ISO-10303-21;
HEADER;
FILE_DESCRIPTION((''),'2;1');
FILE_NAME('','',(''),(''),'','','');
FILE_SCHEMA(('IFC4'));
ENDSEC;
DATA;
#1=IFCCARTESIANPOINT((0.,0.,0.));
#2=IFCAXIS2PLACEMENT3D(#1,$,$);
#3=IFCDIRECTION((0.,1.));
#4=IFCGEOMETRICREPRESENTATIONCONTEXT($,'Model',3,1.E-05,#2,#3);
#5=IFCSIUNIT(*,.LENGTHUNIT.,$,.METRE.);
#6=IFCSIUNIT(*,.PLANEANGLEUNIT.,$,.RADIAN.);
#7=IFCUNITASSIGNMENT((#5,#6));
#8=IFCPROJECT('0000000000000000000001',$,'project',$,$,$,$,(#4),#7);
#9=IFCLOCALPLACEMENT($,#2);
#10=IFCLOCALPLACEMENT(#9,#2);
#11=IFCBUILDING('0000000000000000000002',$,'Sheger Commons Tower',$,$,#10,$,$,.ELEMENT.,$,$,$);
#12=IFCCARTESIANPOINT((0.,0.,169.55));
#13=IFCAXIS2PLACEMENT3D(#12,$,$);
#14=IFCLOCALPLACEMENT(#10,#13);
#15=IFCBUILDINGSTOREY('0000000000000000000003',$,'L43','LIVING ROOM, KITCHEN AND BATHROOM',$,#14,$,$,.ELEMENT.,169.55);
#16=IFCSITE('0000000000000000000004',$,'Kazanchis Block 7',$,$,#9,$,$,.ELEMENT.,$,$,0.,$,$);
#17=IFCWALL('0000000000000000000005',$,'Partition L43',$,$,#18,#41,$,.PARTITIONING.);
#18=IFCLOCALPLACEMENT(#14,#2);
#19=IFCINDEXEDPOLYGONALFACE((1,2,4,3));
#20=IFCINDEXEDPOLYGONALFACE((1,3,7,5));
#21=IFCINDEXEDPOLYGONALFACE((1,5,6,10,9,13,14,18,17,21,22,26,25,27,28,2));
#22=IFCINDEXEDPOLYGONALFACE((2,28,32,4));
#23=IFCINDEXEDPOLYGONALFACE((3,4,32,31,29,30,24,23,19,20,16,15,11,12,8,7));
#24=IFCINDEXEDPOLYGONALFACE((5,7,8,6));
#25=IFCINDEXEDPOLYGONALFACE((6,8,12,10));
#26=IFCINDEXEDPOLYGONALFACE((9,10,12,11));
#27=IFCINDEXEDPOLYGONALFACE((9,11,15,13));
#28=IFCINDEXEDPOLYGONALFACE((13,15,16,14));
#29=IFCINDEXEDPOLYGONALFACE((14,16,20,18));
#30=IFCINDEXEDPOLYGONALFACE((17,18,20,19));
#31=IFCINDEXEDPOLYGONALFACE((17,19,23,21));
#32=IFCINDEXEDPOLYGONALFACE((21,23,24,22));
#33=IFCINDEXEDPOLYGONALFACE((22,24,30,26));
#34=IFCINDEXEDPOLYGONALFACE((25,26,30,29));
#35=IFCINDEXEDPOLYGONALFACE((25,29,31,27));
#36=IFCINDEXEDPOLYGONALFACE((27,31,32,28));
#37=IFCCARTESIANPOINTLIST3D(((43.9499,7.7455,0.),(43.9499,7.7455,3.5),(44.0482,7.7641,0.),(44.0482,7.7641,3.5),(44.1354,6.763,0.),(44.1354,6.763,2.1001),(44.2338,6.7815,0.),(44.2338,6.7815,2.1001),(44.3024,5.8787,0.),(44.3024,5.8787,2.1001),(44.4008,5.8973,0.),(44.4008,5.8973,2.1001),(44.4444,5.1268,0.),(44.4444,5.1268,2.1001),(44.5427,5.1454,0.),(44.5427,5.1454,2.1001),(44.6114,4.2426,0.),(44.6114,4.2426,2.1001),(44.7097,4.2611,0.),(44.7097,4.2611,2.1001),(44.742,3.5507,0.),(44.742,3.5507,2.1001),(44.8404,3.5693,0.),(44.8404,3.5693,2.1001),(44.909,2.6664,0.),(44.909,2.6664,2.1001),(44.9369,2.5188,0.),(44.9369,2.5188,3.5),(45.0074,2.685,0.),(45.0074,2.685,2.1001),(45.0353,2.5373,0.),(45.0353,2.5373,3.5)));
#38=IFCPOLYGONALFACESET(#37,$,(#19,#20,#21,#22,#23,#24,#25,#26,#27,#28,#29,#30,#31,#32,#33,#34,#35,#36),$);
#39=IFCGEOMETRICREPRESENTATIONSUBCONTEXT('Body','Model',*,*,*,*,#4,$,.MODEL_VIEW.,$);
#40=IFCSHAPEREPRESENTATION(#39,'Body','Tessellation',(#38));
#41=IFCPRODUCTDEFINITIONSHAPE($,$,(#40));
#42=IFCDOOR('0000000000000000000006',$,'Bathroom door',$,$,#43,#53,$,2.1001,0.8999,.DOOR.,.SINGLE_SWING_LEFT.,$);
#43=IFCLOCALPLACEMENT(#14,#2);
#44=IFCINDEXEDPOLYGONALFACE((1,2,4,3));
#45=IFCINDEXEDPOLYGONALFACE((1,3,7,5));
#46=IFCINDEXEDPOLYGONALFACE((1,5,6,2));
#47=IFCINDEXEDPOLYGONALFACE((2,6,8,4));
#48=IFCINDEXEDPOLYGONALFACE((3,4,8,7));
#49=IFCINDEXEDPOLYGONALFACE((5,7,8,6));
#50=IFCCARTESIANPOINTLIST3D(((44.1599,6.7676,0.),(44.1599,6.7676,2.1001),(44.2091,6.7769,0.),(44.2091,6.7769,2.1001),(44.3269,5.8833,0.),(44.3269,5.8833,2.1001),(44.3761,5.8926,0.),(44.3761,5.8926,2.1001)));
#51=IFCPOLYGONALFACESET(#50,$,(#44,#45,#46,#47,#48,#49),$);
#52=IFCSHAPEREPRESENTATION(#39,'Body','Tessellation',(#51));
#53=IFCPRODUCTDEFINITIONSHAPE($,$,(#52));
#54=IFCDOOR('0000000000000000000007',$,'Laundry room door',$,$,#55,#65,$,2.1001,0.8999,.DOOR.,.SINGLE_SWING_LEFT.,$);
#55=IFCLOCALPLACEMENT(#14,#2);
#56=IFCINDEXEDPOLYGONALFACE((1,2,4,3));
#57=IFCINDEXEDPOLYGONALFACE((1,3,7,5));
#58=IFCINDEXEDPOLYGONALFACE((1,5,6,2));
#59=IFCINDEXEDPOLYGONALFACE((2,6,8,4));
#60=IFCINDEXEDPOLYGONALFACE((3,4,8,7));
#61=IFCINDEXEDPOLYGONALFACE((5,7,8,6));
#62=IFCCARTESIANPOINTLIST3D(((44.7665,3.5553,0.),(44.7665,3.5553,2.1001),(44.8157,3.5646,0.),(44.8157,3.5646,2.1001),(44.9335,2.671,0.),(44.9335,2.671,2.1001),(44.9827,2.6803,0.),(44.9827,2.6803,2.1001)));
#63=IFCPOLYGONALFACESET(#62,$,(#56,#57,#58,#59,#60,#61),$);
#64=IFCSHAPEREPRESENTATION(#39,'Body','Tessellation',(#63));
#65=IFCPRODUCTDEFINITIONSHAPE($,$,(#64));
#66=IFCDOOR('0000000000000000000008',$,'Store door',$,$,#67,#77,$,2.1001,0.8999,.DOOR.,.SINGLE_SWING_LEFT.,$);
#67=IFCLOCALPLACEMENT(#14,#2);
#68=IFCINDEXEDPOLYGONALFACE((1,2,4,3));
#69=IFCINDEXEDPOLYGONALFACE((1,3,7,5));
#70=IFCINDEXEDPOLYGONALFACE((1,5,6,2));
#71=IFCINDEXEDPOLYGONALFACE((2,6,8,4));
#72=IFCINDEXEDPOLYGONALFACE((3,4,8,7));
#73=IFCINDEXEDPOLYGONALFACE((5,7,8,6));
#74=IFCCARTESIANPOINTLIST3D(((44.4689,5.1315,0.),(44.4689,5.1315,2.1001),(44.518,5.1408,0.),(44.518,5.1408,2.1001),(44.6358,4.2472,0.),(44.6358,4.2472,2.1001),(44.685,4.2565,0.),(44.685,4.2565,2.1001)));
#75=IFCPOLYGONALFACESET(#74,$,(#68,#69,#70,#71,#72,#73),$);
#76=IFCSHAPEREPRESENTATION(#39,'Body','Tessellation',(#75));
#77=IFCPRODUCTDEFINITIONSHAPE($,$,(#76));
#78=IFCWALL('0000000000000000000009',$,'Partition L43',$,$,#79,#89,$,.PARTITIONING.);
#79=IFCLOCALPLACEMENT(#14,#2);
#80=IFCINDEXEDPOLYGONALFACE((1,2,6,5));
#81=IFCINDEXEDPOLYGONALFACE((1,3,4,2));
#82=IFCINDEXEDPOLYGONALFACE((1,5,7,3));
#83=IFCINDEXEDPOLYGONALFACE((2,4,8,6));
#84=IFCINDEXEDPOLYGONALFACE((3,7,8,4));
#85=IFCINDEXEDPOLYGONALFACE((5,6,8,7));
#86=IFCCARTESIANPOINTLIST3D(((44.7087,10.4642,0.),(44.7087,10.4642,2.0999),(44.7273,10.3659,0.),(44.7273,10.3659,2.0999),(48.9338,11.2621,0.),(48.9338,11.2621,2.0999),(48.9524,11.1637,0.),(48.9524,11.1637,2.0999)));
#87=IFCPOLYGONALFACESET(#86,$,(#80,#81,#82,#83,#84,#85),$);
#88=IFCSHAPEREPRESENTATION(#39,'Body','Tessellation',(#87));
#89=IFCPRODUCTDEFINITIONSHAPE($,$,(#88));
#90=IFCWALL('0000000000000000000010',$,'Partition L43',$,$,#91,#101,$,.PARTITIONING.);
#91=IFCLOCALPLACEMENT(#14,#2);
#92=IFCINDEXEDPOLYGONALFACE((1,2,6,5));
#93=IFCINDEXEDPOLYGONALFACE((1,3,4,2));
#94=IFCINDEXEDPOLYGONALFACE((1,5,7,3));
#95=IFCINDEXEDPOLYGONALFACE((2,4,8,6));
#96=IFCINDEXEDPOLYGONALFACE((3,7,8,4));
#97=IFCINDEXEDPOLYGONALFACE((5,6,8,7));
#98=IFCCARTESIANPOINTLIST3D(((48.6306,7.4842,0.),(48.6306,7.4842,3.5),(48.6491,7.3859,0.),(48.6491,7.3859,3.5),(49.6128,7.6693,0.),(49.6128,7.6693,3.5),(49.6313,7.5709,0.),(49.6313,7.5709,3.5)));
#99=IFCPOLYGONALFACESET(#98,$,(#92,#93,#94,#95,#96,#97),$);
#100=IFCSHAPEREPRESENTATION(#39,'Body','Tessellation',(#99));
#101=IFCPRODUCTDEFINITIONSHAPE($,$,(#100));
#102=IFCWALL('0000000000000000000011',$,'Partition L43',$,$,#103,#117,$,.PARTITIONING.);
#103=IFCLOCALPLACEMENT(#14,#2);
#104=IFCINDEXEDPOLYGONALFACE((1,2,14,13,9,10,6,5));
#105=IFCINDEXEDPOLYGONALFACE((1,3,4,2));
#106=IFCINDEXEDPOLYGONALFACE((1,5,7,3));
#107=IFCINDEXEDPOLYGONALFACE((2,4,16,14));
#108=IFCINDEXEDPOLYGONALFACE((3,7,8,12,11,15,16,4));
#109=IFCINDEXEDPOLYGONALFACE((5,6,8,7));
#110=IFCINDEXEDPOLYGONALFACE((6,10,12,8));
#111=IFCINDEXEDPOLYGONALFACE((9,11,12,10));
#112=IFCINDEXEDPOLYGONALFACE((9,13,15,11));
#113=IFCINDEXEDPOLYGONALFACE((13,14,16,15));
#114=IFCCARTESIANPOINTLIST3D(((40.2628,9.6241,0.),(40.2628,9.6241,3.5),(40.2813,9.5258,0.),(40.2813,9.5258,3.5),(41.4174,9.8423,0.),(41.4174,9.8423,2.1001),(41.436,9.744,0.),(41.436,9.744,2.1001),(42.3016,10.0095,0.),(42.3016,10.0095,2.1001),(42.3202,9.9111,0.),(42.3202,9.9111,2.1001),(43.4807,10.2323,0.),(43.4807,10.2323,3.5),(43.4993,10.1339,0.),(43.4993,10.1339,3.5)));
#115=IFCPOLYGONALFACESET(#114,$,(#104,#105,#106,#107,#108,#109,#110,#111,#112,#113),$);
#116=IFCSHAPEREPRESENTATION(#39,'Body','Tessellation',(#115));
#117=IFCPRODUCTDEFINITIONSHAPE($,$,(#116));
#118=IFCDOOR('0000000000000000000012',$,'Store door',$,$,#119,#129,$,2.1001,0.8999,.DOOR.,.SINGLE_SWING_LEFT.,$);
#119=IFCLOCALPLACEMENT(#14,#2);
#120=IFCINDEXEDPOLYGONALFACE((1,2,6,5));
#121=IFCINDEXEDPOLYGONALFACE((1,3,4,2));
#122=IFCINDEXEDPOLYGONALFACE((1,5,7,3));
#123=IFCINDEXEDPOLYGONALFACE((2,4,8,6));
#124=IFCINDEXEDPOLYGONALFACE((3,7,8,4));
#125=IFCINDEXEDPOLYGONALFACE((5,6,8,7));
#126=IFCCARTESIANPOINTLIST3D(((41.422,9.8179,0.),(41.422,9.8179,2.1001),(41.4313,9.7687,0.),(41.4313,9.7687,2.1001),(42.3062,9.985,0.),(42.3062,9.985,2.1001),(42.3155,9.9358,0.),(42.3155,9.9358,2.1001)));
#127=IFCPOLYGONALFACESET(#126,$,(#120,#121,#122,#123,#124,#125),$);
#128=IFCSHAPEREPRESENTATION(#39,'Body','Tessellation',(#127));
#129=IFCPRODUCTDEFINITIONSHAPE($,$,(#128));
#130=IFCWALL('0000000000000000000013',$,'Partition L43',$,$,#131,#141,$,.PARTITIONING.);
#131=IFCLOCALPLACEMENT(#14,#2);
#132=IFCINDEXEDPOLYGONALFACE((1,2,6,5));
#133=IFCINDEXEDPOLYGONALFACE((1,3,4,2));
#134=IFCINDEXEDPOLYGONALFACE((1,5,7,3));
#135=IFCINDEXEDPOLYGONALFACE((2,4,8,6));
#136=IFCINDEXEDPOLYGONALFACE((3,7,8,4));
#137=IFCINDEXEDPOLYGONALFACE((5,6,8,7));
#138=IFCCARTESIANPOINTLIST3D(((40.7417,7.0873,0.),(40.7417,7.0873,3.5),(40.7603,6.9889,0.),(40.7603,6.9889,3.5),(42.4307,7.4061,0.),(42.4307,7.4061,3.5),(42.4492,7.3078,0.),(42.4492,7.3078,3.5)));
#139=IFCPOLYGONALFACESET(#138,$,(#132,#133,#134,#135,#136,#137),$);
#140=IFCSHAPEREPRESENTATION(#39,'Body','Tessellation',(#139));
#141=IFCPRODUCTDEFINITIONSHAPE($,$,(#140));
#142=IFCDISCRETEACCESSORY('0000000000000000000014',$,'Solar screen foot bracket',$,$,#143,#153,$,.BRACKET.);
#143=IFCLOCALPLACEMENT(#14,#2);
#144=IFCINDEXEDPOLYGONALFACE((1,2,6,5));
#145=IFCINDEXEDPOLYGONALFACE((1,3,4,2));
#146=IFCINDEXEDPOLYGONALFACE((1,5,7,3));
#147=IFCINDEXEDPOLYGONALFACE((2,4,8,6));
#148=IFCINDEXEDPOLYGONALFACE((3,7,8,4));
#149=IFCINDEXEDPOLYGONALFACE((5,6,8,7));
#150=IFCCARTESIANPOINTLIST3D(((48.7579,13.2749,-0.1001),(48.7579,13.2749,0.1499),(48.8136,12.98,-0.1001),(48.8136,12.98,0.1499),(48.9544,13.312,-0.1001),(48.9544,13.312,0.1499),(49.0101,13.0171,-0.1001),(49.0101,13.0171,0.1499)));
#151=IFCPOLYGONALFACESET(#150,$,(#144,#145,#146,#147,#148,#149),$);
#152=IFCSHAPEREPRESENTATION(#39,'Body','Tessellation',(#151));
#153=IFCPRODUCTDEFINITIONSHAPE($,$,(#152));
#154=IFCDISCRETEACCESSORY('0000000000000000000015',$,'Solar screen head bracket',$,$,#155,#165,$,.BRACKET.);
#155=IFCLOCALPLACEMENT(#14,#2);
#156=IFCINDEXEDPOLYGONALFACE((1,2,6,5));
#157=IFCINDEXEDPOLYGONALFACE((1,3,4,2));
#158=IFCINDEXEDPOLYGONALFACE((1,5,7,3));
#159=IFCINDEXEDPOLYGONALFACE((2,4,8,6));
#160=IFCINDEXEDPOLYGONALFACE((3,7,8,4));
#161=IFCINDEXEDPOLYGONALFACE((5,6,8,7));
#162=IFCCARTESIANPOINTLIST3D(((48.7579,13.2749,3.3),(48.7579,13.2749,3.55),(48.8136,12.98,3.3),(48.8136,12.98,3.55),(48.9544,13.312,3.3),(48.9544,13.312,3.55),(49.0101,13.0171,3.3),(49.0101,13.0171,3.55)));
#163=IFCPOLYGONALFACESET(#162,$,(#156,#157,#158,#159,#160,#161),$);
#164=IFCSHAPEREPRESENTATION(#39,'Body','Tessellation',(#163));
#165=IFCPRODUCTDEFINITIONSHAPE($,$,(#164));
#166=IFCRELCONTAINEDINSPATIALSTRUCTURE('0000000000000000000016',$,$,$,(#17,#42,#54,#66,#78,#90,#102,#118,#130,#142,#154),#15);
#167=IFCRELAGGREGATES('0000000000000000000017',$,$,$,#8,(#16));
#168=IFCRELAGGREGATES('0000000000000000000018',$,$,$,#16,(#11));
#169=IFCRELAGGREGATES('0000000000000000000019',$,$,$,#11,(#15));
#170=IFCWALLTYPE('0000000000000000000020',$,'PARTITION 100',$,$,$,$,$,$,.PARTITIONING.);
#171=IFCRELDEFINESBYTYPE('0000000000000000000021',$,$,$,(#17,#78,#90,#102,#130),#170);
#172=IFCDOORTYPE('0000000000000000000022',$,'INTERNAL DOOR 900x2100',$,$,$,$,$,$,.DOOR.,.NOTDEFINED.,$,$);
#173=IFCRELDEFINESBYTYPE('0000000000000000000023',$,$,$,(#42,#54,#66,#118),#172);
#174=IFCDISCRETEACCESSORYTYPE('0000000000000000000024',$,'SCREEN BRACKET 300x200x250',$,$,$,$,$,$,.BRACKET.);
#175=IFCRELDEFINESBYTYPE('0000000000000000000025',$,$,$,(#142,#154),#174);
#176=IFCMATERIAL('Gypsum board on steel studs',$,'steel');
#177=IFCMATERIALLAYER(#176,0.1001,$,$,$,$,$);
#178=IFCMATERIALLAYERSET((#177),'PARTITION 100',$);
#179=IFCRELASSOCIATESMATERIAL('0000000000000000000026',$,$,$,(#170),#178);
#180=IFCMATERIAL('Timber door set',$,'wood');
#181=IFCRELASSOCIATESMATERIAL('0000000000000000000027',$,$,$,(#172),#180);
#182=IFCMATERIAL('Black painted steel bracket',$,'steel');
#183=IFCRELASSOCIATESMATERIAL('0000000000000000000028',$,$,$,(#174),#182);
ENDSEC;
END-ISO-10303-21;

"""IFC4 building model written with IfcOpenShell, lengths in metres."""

from ifc_helpers import new_model, si_unit, direction, frame, frame_2d, origin, origin_2d, place, context, subcontext, project, spatial, rectangle, extrude, material, layer, layer_set, type_object, element, fill, save


model = new_model("IFC4")

# Units and contexts
model_context = context("Model", 3, precision=1e-05, world=origin(), true_north=direction((0.0, 1.0)))
body_context = subcontext(model_context, "Body", "Model", "MODEL_VIEW")
ifc_project = project(units=[si_unit("LENGTHUNIT", "METRE"), si_unit("PLANEANGLEUNIT", "RADIAN")], contexts=[model_context])

# Site, building, storey
site_placement = place(None, origin())
site = spatial("IfcSite", under=ifc_project, at=site_placement, Name="Kazanchis Block 7", CompositionType="ELEMENT", RefElevation=0.0)
building_placement = place(site_placement, origin())
building = spatial("IfcBuilding", under=site, at=building_placement, Name="Sheger Commons Tower", CompositionType="ELEMENT")
storey_placement = place(building_placement, frame((0.0, 0.0, 169.55)))
storey = spatial("IfcBuildingStorey", under=building, at=storey_placement, Name="L43", Description="LIVING ROOM, KITCHEN AND BATHROOM", CompositionType="ELEMENT", Elevation=169.55)

# Shared definitions
ifc_material_1 = material(Name="Gypsum board on steel studs", Category="steel")
ifc_layer_1 = layer(ifc_material_1, 0.1001)
ifc_layer_set_1 = layer_set([ifc_layer_1], Name="PARTITION 100")
wall_type_1 = type_object("IfcWallType", Name="PARTITION 100", PredefinedType="PARTITIONING", material=ifc_layer_set_1)
ifc_material_2 = material(Name="Timber door set", Category="wood")
door_type = type_object("IfcDoorType", Name="INTERNAL DOOR 900x2100", OperationType="NOTDEFINED", PredefinedType="DOOR", material=ifc_material_2)

# Wall, openings, doors
wall_1_placement = place(storey_placement, frame((43.999, 7.7549, 0.0), z_axis=(0.0, 0.0, 1.0), x_axis=(0.185566, -0.982632, 0.0)))
wall_1 = element("IfcWall", 1, at=wall_1_placement, inside=storey, type_object=wall_type_1, Name="Partition L43", PredefinedType="PARTITIONING", context=body_context, shape_type="SweptSolid", body=[
    extrude(rectangle(XDim=5.3191, YDim=0.1001, at=frame_2d((2.6597, 0.0))), origin(), (0.0, 0.0, 1.0), 3.5),
])
opening_1_placement = place(wall_1_placement, frame((1.0, 0.0, 0.0)))
opening_1 = element("IfcOpeningElement", 2, at=opening_1_placement, cuts=wall_1, PredefinedType="OPENING", context=body_context, shape_type="SweptSolid", body=[
    extrude(rectangle(XDim=0.8999, YDim=2.1001, at=frame_2d((0.45, 1.05))), frame((0.0, 0.0601, 0.0), z_axis=(0.0, -1.0, 0.0), x_axis=(1.0, 0.0, 0.0)), (0.0, 0.0, 1.0), 0.1201),
])
opening_2_placement = place(wall_1_placement, frame((4.269, 0.0, 0.0)))
opening_2 = element("IfcOpeningElement", 3, at=opening_2_placement, cuts=wall_1, PredefinedType="OPENING", context=body_context, shape_type="SweptSolid", body=[
    extrude(rectangle(XDim=0.8999, YDim=2.1001, at=frame_2d((0.45, 1.05))), frame((0.0, 0.0601, 0.0), z_axis=(0.0, -1.0, 0.0), x_axis=(1.0, 0.0, 0.0)), (0.0, 0.0, 1.0), 0.1201),
])
opening_3_placement = place(wall_1_placement, frame((2.665, 0.0, 0.0)))
opening_3 = element("IfcOpeningElement", 4, at=opening_3_placement, cuts=wall_1, PredefinedType="OPENING", context=body_context, shape_type="SweptSolid", body=[
    extrude(rectangle(XDim=0.8999, YDim=2.1001, at=frame_2d((0.45, 1.05))), frame((0.0, 0.0601, 0.0), z_axis=(0.0, -1.0, 0.0), x_axis=(1.0, 0.0, 0.0)), (0.0, 0.0, 1.0), 0.1201),
])
door_1_placement = place(opening_1_placement, origin())
door_1 = element("IfcDoor", 5, at=door_1_placement, inside=storey, type_object=door_type, Name="Bathroom door", OperationType="SINGLE_SWING_LEFT", OverallHeight=2.1001, OverallWidth=0.8999, PredefinedType="DOOR", context=body_context, shape_type="SweptSolid", body=[
    extrude(rectangle(XDim=0.8999, YDim=2.1001, at=frame_2d((0.45, 1.05))), frame((0.0, 0.0249, 0.0), z_axis=(0.0, -1.0, 0.0), x_axis=(1.0, 0.0, 0.0)), (0.0, 0.0, 1.0), 0.05),
])
fill(opening_1, door_1)
door_2_placement = place(opening_2_placement, origin())
door_2 = element("IfcDoor", 6, at=door_2_placement, inside=storey, type_object=door_type, Name="Laundry room door", OperationType="SINGLE_SWING_LEFT", OverallHeight=2.1001, OverallWidth=0.8999, PredefinedType="DOOR", context=body_context, shape_type="SweptSolid", body=[
    extrude(rectangle(XDim=0.8999, YDim=2.1001, at=frame_2d((0.45, 1.05))), frame((0.0, 0.0249, 0.0), z_axis=(0.0, -1.0, 0.0), x_axis=(1.0, 0.0, 0.0)), (0.0, 0.0, 1.0), 0.05),
])
fill(opening_2, door_2)
door_3_placement = place(opening_3_placement, origin())
door_3 = element("IfcDoor", 7, at=door_3_placement, inside=storey, type_object=door_type, Name="Store door", OperationType="SINGLE_SWING_LEFT", OverallHeight=2.1001, OverallWidth=0.8999, PredefinedType="DOOR", context=body_context, shape_type="SweptSolid", body=[
    extrude(rectangle(XDim=0.8999, YDim=2.1001, at=frame_2d((0.45, 1.05))), frame((0.0, 0.0249, 0.0), z_axis=(0.0, -1.0, 0.0), x_axis=(1.0, 0.0, 0.0)), (0.0, 0.0, 1.0), 0.05),
])
fill(opening_3, door_3)

# Walls
wall_2_placement = place(storey_placement, frame((48.9431, 11.2129, 0.0), z_axis=(0.0, 0.0, 1.0), x_axis=(-0.982634, -0.185557, 0.0)))
element("IfcWall", 8, at=wall_2_placement, inside=storey, type_object=wall_type_1, Name="Partition L43", PredefinedType="PARTITIONING", context=body_context, shape_type="SweptSolid", body=[
    extrude(rectangle(XDim=4.2998, YDim=0.1001, at=frame_2d((2.1499, 0.0))), origin(), (0.0, 0.0, 1.0), 2.0999),
])
wall_3_placement = place(storey_placement, frame((49.6221, 7.6201, 0.0), z_axis=(0.0, 0.0, 1.0), x_axis=(-0.982709, -0.185159, 0.0)))
element("IfcWall", 9, at=wall_3_placement, inside=storey, type_object=wall_type_1, Name="Partition L43", PredefinedType="PARTITIONING", context=body_context, shape_type="SweptSolid", body=[
    extrude(rectangle(XDim=0.9995, YDim=0.1001, at=frame_2d((0.4998, 0.0))), origin(), (0.0, 0.0, 1.0), 3.5),
])

# Wall, opening, door
wall_4_placement = place(storey_placement, frame((43.49, 10.1831, 0.0), z_axis=(0.0, 0.0, 1.0), x_axis=(-0.982607, -0.185697, 0.0)))
wall_4 = element("IfcWall", 10, at=wall_4_placement, inside=storey, type_object=wall_type_1, Name="Partition L43", PredefinedType="PARTITIONING", context=body_context, shape_type="SweptSolid", body=[
    extrude(rectangle(XDim=3.2749, YDim=0.1001, at=frame_2d((1.6375, 0.0))), origin(), (0.0, 0.0, 1.0), 3.5),
])
opening_4_placement = place(wall_4_placement, frame((1.2, 0.0, 0.0)))
opening_4 = element("IfcOpeningElement", 11, at=opening_4_placement, cuts=wall_4, PredefinedType="OPENING", context=body_context, shape_type="SweptSolid", body=[
    extrude(rectangle(XDim=0.8999, YDim=2.1001, at=frame_2d((0.45, 1.05))), frame((0.0, 0.0601, 0.0), z_axis=(0.0, -1.0, 0.0), x_axis=(1.0, 0.0, 0.0)), (0.0, 0.0, 1.0), 0.1201),
])
door_4_placement = place(opening_4_placement, origin())
door_4 = element("IfcDoor", 12, at=door_4_placement, inside=storey, type_object=door_type, Name="Store door", OperationType="SINGLE_SWING_LEFT", OverallHeight=2.1001, OverallWidth=0.8999, PredefinedType="DOOR", context=body_context, shape_type="SweptSolid", body=[
    extrude(rectangle(XDim=0.8999, YDim=2.1001, at=frame_2d((0.45, 1.05))), frame((0.0, 0.0249, 0.0), z_axis=(0.0, -1.0, 0.0), x_axis=(1.0, 0.0, 0.0)), (0.0, 0.0, 1.0), 0.05),
])
fill(opening_4, door_4)

# Wall
wall_5_placement = place(storey_placement, frame((42.4399, 7.3569, 0.0), z_axis=(0.0, 0.0, 1.0), x_axis=(-0.982643, -0.185506, 0.0)))
element("IfcWall", 13, at=wall_5_placement, inside=storey, type_object=wall_type_1, Name="Partition L43", PredefinedType="PARTITIONING", context=body_context, shape_type="SweptSolid", body=[
    extrude(rectangle(XDim=1.7188, YDim=0.1001, at=frame_2d((0.8594, 0.0))), origin(), (0.0, 0.0, 1.0), 3.5),
])

# Discrete accessories
ifc_material_3 = material(Name="Black painted steel bracket", Category="steel")
discrete_accessory_type = type_object("IfcDiscreteAccessoryType", Name="SCREEN BRACKET 300x200x250", PredefinedType="BRACKET", material=ifc_material_3)
for number, where, z_axis, x_axis, name in (
    (14, (48.884, 13.146, -0.1001), (0.0, 0.0, 1.0), (-0.185615, 0.982623, 0.0), "Solar screen foot bracket"),
    (15, (48.884, 13.146, 3.3), (0.0, 0.0, 1.0), (-0.185615, 0.982623, 0.0), "Solar screen head bracket"),
):
    element("IfcDiscreteAccessory", number, at=place(storey_placement, frame(where, z_axis=z_axis, x_axis=x_axis)), inside=storey, type_object=discrete_accessory_type, Name=name, PredefinedType="BRACKET", context=body_context, shape_type="SweptSolid", body=[
        extrude(rectangle(XDim=0.3, YDim=0.2, at=origin_2d()), origin(), (0.0, 0.0, 1.0), 0.25),
    ])

save(model, "model.ifc")
